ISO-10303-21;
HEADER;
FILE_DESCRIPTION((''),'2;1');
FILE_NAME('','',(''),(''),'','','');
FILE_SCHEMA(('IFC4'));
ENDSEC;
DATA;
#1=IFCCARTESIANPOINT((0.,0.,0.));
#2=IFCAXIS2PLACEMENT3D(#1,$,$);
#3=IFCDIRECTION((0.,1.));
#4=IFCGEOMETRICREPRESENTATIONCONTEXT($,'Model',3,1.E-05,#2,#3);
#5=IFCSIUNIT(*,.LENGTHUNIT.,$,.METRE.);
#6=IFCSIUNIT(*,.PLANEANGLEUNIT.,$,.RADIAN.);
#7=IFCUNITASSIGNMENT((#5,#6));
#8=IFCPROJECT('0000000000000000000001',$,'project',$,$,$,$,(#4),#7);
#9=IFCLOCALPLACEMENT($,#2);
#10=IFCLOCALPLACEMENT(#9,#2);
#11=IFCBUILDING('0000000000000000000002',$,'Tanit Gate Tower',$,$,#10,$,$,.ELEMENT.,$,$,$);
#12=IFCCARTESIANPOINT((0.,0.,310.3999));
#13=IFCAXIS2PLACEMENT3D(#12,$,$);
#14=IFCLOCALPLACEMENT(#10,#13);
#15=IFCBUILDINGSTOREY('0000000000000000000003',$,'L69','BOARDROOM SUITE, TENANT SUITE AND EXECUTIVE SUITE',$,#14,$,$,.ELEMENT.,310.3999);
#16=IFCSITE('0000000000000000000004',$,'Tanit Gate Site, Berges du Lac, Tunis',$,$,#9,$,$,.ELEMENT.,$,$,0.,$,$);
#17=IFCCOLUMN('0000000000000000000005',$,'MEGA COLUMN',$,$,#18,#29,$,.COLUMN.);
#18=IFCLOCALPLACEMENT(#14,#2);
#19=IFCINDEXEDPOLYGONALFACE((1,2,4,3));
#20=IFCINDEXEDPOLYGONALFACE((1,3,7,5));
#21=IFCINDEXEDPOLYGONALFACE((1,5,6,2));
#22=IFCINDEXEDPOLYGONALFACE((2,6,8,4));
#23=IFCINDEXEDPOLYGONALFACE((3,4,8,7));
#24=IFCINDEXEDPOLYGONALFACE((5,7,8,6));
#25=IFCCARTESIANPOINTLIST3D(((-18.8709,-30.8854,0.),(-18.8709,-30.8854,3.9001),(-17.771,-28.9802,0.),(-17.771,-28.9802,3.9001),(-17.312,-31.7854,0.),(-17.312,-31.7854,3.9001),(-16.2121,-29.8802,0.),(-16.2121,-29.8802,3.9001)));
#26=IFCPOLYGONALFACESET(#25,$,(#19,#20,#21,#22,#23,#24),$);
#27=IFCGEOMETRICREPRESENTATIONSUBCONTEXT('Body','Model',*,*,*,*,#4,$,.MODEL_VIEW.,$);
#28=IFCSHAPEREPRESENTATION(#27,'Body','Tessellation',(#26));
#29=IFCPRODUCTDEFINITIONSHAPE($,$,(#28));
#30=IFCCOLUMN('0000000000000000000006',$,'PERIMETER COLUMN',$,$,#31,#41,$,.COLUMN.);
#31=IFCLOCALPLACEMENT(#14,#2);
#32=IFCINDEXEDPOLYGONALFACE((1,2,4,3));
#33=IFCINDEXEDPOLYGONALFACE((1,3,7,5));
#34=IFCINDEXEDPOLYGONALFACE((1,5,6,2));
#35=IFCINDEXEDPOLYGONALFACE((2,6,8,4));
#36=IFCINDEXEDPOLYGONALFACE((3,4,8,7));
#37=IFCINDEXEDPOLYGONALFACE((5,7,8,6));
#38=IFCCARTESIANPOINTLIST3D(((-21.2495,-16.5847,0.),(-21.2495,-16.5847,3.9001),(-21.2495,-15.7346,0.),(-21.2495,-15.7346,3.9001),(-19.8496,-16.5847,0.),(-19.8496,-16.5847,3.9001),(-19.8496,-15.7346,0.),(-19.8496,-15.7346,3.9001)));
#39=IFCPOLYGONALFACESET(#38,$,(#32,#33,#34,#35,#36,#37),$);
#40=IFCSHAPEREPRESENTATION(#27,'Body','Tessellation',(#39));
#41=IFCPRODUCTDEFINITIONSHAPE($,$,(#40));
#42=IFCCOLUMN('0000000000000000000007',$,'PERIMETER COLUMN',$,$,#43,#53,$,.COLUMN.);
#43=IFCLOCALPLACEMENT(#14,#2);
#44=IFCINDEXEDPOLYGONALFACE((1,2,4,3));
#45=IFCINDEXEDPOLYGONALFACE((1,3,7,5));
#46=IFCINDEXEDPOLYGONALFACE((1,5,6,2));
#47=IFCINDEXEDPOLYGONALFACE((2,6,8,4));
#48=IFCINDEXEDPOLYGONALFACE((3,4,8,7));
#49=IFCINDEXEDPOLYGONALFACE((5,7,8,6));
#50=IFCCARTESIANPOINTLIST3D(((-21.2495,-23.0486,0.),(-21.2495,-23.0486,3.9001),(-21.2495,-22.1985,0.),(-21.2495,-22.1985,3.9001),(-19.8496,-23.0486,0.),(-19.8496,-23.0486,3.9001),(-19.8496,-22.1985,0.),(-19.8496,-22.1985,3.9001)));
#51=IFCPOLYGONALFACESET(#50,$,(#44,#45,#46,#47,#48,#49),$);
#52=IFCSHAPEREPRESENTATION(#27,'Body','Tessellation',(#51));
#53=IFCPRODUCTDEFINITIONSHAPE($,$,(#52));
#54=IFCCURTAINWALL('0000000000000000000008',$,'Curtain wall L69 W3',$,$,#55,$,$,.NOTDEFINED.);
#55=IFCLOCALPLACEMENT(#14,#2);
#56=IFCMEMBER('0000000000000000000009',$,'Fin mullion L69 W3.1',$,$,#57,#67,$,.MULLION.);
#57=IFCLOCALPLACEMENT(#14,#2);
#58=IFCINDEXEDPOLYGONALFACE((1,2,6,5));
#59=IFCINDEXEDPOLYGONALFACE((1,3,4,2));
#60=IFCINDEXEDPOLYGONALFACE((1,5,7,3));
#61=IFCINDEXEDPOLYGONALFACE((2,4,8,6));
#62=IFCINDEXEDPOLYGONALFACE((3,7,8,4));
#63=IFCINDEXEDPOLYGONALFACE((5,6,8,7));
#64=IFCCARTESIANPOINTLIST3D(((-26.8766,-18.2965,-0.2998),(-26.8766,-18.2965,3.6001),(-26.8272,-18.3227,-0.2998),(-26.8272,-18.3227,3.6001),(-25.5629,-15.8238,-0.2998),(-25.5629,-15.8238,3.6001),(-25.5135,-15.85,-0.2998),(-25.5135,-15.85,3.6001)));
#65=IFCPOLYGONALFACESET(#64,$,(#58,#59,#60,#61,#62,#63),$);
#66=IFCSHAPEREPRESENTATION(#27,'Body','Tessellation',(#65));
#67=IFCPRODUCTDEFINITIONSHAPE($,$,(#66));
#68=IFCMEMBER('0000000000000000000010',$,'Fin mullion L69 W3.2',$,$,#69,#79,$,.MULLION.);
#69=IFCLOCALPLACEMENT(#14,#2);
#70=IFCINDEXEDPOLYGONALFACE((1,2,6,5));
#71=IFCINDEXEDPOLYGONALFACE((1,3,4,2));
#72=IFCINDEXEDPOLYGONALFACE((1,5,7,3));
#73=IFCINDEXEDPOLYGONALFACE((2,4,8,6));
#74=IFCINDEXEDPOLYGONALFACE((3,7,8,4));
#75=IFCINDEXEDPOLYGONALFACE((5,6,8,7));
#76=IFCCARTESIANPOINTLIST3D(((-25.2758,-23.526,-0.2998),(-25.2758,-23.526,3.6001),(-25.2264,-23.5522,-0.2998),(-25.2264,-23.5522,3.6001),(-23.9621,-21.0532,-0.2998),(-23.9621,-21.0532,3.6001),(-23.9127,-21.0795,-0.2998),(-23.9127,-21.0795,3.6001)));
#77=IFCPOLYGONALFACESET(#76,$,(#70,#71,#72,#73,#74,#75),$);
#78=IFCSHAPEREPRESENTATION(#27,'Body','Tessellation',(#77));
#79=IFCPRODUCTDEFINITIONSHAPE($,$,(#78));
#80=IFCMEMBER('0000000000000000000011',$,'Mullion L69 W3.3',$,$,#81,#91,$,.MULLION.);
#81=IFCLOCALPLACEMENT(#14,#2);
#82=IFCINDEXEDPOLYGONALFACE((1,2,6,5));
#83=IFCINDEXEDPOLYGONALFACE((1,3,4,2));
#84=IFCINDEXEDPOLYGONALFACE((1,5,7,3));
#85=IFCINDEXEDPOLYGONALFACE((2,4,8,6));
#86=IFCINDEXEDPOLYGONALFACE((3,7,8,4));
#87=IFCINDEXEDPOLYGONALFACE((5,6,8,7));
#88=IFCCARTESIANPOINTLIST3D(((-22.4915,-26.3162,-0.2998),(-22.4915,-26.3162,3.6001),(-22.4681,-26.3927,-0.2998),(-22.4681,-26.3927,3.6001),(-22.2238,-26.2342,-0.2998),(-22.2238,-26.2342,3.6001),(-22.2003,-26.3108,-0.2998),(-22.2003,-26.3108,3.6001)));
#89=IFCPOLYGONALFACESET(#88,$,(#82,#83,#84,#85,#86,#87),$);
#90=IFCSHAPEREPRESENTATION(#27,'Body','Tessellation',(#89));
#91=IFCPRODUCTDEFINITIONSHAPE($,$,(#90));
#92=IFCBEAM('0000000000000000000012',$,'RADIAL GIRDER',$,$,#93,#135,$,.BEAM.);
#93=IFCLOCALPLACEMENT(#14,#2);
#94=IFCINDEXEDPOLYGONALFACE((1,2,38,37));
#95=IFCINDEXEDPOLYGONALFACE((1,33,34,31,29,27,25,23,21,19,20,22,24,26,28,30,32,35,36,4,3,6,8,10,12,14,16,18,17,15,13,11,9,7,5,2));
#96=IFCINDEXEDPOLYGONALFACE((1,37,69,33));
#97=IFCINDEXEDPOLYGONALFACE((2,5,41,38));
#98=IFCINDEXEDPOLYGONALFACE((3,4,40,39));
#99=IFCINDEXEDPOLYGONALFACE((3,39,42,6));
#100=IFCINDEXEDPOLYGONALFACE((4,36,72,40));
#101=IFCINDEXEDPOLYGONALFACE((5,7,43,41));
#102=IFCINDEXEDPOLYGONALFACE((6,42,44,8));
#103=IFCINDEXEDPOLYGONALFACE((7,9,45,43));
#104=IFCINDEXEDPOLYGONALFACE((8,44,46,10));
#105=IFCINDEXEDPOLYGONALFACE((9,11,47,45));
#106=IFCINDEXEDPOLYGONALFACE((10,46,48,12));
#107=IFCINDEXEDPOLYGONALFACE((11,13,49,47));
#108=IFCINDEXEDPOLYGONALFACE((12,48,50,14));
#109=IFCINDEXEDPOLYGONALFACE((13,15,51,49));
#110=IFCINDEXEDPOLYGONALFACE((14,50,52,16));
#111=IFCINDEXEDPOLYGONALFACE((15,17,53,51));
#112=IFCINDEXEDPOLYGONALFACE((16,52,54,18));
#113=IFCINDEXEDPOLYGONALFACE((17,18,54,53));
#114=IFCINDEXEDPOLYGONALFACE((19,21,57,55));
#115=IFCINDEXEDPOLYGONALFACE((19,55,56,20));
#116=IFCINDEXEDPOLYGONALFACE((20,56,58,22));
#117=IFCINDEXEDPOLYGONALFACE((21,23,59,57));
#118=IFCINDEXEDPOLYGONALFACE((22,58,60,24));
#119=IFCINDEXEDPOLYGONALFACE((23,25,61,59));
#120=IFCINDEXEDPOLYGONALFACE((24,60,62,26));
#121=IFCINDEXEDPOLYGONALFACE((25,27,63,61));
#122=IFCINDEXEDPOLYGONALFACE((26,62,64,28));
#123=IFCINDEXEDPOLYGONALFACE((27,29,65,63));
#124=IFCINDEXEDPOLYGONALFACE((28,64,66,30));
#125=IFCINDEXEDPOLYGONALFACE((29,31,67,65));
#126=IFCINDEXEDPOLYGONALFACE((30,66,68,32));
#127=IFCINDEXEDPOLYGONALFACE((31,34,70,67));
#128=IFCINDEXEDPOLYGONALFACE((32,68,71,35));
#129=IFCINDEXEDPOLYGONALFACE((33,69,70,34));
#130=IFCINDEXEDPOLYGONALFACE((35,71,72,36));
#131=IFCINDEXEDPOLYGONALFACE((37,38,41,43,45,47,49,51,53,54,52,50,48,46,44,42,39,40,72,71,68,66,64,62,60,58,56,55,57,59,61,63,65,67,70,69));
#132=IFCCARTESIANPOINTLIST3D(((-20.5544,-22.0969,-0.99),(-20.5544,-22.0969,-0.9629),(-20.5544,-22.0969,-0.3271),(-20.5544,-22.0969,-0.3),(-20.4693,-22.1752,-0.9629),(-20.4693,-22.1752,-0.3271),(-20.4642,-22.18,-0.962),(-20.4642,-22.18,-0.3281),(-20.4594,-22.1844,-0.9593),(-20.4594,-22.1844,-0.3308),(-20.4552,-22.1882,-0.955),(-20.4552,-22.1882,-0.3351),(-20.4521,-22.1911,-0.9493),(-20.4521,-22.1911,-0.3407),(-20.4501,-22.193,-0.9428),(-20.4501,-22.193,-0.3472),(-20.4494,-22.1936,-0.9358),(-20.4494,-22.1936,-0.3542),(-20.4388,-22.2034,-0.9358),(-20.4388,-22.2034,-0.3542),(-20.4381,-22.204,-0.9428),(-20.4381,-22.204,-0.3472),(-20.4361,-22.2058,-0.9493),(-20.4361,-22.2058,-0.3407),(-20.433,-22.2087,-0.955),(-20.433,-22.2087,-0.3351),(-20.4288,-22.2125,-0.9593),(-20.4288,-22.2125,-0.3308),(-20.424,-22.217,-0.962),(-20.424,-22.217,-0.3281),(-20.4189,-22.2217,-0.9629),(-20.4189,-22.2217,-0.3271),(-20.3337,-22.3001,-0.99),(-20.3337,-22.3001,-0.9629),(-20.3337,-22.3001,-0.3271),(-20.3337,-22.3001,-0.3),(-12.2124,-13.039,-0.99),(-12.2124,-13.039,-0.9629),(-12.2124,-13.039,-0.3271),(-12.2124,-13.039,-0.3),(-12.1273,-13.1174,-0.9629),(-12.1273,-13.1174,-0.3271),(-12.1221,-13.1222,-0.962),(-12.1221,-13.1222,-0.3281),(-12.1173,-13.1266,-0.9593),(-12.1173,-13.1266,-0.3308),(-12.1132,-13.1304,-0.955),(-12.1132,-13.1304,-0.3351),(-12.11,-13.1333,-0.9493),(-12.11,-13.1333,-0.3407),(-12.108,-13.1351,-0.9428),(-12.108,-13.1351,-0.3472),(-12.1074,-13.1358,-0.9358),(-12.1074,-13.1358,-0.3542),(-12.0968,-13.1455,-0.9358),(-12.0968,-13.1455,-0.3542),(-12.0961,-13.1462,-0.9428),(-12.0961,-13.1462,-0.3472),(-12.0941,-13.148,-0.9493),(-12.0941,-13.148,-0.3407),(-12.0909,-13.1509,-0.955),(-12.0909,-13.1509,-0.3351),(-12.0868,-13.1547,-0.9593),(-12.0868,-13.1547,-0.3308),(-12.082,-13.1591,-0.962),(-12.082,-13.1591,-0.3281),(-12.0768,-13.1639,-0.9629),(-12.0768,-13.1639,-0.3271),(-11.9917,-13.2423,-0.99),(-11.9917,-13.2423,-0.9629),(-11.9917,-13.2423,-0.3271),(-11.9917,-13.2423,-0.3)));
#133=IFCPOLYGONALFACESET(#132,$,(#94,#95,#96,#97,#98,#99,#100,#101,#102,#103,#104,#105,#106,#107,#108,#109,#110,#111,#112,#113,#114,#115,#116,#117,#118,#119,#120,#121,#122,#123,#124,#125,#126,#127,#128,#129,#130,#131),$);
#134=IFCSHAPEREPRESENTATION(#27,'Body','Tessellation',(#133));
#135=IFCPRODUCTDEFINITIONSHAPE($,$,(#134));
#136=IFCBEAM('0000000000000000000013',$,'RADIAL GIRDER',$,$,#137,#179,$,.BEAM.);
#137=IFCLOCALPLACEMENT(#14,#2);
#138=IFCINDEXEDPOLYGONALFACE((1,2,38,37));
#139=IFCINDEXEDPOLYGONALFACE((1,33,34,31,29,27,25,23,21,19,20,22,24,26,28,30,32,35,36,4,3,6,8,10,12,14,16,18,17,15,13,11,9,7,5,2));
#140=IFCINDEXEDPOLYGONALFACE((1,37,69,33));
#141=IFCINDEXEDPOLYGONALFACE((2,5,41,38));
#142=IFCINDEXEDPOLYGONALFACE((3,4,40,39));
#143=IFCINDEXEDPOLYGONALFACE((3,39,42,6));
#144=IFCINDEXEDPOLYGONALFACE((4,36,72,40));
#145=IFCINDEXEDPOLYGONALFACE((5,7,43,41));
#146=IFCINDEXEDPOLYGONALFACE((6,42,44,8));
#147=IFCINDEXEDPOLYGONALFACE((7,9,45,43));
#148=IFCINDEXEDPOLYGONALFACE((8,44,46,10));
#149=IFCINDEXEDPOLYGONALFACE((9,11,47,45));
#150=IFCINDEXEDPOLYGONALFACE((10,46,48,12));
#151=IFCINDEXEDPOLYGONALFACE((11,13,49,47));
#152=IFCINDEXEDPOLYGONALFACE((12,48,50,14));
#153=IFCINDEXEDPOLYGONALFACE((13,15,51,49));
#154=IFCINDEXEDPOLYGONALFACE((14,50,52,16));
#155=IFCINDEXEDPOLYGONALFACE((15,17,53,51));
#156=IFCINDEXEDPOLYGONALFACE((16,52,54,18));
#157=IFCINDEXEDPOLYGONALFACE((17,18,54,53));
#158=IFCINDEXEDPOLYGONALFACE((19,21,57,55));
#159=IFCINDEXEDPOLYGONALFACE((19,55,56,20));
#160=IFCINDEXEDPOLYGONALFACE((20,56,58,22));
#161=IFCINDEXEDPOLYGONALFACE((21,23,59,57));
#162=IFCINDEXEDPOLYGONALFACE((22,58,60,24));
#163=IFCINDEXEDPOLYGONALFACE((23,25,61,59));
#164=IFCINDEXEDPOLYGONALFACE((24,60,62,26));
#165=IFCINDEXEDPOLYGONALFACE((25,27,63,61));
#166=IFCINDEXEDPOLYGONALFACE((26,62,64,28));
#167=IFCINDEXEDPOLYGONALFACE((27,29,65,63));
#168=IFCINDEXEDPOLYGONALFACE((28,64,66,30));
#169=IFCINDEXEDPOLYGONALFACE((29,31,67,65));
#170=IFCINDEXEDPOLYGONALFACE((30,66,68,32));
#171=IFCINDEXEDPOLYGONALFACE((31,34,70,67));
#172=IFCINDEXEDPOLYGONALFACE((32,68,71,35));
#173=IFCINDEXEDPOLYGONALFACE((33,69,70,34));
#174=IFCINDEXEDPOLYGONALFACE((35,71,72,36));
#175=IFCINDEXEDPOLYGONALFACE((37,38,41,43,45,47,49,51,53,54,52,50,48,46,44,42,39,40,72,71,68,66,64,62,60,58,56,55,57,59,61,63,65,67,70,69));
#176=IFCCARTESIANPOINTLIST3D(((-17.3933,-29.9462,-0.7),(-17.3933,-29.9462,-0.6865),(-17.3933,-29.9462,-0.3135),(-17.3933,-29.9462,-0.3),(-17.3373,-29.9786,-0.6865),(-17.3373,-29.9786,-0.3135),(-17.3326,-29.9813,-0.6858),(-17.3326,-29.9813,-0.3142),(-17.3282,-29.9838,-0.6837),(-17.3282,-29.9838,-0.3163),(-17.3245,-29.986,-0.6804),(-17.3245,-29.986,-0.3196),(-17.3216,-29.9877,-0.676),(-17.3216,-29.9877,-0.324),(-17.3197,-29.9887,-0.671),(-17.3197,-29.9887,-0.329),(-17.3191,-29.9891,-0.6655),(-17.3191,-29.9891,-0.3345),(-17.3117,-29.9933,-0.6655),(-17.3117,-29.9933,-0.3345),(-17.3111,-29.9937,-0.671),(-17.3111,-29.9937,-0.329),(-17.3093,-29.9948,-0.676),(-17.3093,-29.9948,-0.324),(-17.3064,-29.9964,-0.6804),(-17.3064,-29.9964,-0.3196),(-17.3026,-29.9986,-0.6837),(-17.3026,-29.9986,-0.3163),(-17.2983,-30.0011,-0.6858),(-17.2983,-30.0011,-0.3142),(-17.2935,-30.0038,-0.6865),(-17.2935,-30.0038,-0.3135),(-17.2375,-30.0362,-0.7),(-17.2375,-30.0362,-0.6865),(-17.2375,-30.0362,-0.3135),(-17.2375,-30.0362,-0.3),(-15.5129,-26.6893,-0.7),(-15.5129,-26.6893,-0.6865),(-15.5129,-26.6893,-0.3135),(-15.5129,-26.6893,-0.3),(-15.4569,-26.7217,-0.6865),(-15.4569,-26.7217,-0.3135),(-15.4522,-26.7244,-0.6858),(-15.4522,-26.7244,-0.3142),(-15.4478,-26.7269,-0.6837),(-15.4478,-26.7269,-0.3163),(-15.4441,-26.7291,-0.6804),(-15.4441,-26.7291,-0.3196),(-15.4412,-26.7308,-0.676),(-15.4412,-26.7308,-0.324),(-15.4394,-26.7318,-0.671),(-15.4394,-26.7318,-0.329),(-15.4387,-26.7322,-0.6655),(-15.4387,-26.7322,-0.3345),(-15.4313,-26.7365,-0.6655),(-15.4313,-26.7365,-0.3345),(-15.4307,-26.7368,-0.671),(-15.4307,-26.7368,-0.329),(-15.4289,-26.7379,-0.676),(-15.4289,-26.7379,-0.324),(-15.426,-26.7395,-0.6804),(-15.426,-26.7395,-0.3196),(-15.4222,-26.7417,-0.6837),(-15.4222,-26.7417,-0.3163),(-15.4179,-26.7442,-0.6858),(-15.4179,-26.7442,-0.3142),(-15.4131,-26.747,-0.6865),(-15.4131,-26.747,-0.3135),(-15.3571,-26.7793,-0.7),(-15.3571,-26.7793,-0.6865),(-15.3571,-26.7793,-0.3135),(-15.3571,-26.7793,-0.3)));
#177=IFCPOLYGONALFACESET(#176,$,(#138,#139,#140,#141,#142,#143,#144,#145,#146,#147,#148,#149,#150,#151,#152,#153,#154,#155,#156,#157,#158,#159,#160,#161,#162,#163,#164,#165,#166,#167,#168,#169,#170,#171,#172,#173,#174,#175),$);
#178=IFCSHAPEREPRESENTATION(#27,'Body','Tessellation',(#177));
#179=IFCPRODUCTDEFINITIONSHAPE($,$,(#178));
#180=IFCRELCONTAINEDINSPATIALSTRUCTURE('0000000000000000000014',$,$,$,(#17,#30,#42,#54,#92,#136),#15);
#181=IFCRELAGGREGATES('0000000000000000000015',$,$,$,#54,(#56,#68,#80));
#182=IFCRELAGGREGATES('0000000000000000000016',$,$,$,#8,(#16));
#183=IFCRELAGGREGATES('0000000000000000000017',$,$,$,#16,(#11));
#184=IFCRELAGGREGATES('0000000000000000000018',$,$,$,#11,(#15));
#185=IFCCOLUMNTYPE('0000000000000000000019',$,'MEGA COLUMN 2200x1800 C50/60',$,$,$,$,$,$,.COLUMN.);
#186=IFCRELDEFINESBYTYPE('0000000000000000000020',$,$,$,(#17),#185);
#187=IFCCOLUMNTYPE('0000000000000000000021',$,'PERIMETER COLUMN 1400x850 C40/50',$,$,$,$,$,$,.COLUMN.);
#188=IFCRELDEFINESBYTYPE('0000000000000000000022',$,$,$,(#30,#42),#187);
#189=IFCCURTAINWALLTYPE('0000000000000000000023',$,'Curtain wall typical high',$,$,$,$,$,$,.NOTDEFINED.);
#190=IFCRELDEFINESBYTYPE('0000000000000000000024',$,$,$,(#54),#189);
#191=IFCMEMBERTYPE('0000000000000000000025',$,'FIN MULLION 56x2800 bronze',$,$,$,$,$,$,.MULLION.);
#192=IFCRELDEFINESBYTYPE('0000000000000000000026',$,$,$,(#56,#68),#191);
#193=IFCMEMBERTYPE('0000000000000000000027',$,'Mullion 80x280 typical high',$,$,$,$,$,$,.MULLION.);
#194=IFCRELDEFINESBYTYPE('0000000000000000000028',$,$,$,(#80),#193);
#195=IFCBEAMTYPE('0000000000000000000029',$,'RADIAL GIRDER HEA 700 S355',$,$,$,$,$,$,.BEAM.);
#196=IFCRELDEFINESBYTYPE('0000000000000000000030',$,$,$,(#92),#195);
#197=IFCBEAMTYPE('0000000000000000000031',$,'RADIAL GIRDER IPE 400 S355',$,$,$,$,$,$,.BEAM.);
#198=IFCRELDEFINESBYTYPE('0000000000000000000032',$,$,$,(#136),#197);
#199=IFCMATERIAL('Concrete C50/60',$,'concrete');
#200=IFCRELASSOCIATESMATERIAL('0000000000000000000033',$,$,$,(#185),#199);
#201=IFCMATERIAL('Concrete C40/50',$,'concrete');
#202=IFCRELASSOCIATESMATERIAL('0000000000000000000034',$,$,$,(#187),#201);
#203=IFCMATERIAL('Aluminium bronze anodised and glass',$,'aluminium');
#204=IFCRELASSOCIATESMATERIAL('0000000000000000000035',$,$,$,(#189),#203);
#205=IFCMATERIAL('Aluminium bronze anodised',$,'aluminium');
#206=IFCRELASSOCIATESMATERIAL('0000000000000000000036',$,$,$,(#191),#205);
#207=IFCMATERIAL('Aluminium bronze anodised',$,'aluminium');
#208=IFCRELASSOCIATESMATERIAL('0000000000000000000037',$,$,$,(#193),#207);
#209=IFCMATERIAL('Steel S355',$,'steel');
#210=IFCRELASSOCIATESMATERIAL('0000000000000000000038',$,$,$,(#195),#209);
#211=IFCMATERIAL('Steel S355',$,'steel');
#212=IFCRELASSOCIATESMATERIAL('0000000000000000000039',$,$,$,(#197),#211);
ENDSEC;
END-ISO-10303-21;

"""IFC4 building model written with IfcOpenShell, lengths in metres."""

from ifc_helpers import new_model, si_unit, direction, frame, origin, origin_2d, place, context, subcontext, project, spatial, rectangle, i_section, extrude, material, material_profile, profile_set, type_object, element, aggregate, save


model = new_model("IFC4")

# Units and contexts
model_context = context("Model", 3, precision=1e-05, world=origin(), true_north=direction((0.0, 1.0)))
body_context = subcontext(model_context, "Body", "Model", "MODEL_VIEW")
ifc_project = project(units=[si_unit("LENGTHUNIT", "METRE"), si_unit("PLANEANGLEUNIT", "RADIAN")], contexts=[model_context])

# Site, building, storey
site_placement = place(None, origin())
site = spatial("IfcSite", under=ifc_project, at=site_placement, Name="Tanit Gate Site, Berges du Lac, Tunis", CompositionType="ELEMENT", RefElevation=0.0)
building_placement = place(site_placement, origin())
building = spatial("IfcBuilding", under=site, at=building_placement, Name="Tanit Gate Tower", CompositionType="ELEMENT")
storey_placement = place(building_placement, frame((0.0, 0.0, 310.3999)))
storey = spatial("IfcBuildingStorey", under=building, at=storey_placement, Name="L69", Description="BOARDROOM SUITE, TENANT SUITE AND EXECUTIVE SUITE", CompositionType="ELEMENT", Elevation=310.3999)

# Columns
ifc_material_1 = material(Name="Concrete C50/60", Category="concrete")
ifc_material_profile_1 = material_profile(ifc_material_1, rectangle(XDim=2.2, YDim=1.8, at=origin_2d()), Name="RC 2200x1800")
ifc_profile_set_1 = profile_set([ifc_material_profile_1], Name="Concrete C50/60")
column_type_1 = type_object("IfcColumnType", Name="MEGA COLUMN 2200x1800 C50/60", PredefinedType="COLUMN", material=ifc_profile_set_1)
column_placement = place(storey_placement, frame((-17.5415, -30.3828, 0.0), z_axis=(0.0, 0.0, 1.0), x_axis=(-0.5, -0.866025, 0.0)))
element("IfcColumn", 1, at=column_placement, inside=storey, type_object=column_type_1, Name="MEGA COLUMN", PredefinedType="COLUMN", context=body_context, shape_type="SweptSolid", body=[
    extrude(rectangle(XDim=2.2, YDim=1.8, at=origin_2d()), origin(), (0.0, 0.0, 1.0), 3.9001),
])
ifc_material_2 = material(Name="Concrete C40/50", Category="concrete")
ifc_material_profile_2 = material_profile(ifc_material_2, rectangle(XDim=1.3999, YDim=0.8501, at=origin_2d()), Name="RC 1400x850")
ifc_profile_set_2 = profile_set([ifc_material_profile_2], Name="Concrete C40/50")
column_type_2 = type_object("IfcColumnType", Name="PERIMETER COLUMN 1400x850 C40/50", PredefinedType="COLUMN", material=ifc_profile_set_2)
for number, where, z_axis, x_axis, name in (
    (2, (-20.5496, -16.1597, 0.0), (0.0, 0.0, 1.0), (-1.0, 0.0, 0.0), "PERIMETER COLUMN"),
    (3, (-20.5496, -22.6235, 0.0), (0.0, 0.0, 1.0), (-1.0, 0.0, 0.0), "PERIMETER COLUMN"),
):
    element("IfcColumn", number, at=place(storey_placement, frame(where, z_axis=z_axis, x_axis=x_axis)), inside=storey, type_object=column_type_2, Name=name, PredefinedType="COLUMN", context=body_context, shape_type="SweptSolid", body=[
        extrude(rectangle(XDim=1.3999, YDim=0.8501, at=origin_2d()), origin(), (0.0, 0.0, 1.0), 3.9001),
    ])

# Curtain wall, members
ifc_material_3 = material(Name="Aluminium bronze anodised and glass", Category="aluminium")
curtain_wall_type = type_object("IfcCurtainWallType", Name="Curtain wall typical high", PredefinedType="NOTDEFINED", material=ifc_material_3)
curtain_wall_placement = place(storey_placement, origin())
curtain_wall = element("IfcCurtainWall", 4, at=curtain_wall_placement, inside=storey, type_object=curtain_wall_type, Name="Curtain wall L69 W3", PredefinedType="NOTDEFINED")
ifc_material_4 = material(Name="Aluminium bronze anodised", Category="aluminium")
ifc_material_profile_3 = material_profile(ifc_material_4, rectangle(XDim=2.8, YDim=0.0559, at=origin_2d()), Name="56x2800 bronze fin mullion")
ifc_profile_set_3 = profile_set([ifc_material_profile_3], Name="Aluminium bronze anodised")
member_type_1 = type_object("IfcMemberType", Name="FIN MULLION 56x2800 bronze", PredefinedType="MULLION", material=ifc_profile_set_3)
member_1_placement = place(storey_placement, frame((-26.1951, -17.0732, -0.2998), z_axis=(0.0, 0.0, 1.0), x_axis=(0.469169, 0.883108, 0.0)))
member_1 = element("IfcMember", 5, at=member_1_placement, type_object=member_type_1, Name="Fin mullion L69 W3.1", PredefinedType="MULLION", context=body_context, shape_type="SweptSolid", body=[
    extrude(rectangle(XDim=2.8, YDim=0.0559, at=origin_2d()), origin(), (0.0, 0.0, 1.0), 3.8999),
])
member_2_placement = place(storey_placement, frame((-24.5942, -22.3027, -0.2998), z_axis=(0.0, 0.0, 1.0), x_axis=(0.469169, 0.883108, 0.0)))
member_2 = element("IfcMember", 6, at=member_2_placement, type_object=member_type_1, Name="Fin mullion L69 W3.2", PredefinedType="MULLION", context=body_context, shape_type="SweptSolid", body=[
    extrude(rectangle(XDim=2.8, YDim=0.0559, at=origin_2d()), origin(), (0.0, 0.0, 1.0), 3.8999),
])
ifc_material_5 = material(Name="Aluminium bronze anodised", Category="aluminium")
ifc_material_profile_4 = material_profile(ifc_material_5, rectangle(XDim=0.28, YDim=0.0801, at=origin_2d()), Name="80x280 bronze mullion")
ifc_profile_set_4 = profile_set([ifc_material_profile_4], Name="Aluminium bronze anodised")
member_type_2 = type_object("IfcMemberType", Name="Mullion 80x280 typical high", PredefinedType="MULLION", material=ifc_profile_set_4)
member_3_placement = place(storey_placement, frame((-22.3459, -26.3135, -0.2998), z_axis=(0.0, 0.0, 1.0), x_axis=(0.956205, 0.292699, 0.0)))
member_3 = element("IfcMember", 7, at=member_3_placement, type_object=member_type_2, Name="Mullion L69 W3.3", PredefinedType="MULLION", context=body_context, shape_type="SweptSolid", body=[
    extrude(rectangle(XDim=0.28, YDim=0.0801, at=origin_2d()), origin(), (0.0, 0.0, 1.0), 3.8999),
])

# Beams
ifc_material_6 = material(Name="Steel S355", Category="steel")
ifc_material_profile_5 = material_profile(ifc_material_6, i_section(OverallWidth=0.3, OverallDepth=0.6899, WebThickness=0.0144, FlangeThickness=0.0271, FilletRadius=0.0271, at=origin_2d()), Name="HEA 700")
ifc_profile_set_5 = profile_set([ifc_material_profile_5], Name="Steel S355")
beam_type_1 = type_object("IfcBeamType", Name="RADIAL GIRDER HEA 700 S355", PredefinedType="BEAM", material=ifc_profile_set_5)
beam_1_placement = place(storey_placement, frame((-20.4441, -22.1985, -0.645), z_axis=(0.677444, 0.735574, 0.0), x_axis=(-0.735574, 0.677444, 0.0)))
element("IfcBeam", 8, at=beam_1_placement, inside=storey, type_object=beam_type_1, Name="RADIAL GIRDER", PredefinedType="BEAM", context=body_context, shape_type="SweptSolid", body=[
    extrude(i_section(OverallWidth=0.3, OverallDepth=0.6899, WebThickness=0.0144, FlangeThickness=0.0271, FilletRadius=0.0271, at=origin_2d()), origin(), (0.0, 0.0, 1.0), 12.314),
])
ifc_material_7 = material(Name="Steel S355", Category="steel")
ifc_material_profile_6 = material_profile(ifc_material_7, i_section(OverallWidth=0.1799, OverallDepth=0.3999, WebThickness=0.0085, FlangeThickness=0.0134, FilletRadius=0.021, at=origin_2d()), Name="IPE 400")
ifc_profile_set_6 = profile_set([ifc_material_profile_6], Name="Steel S355")
beam_type_2 = type_object("IfcBeamType", Name="RADIAL GIRDER IPE 400 S355", PredefinedType="BEAM", material=ifc_profile_set_6)
beam_2_placement = place(storey_placement, frame((-17.3154, -29.9912, -0.5), z_axis=(0.500007, 0.866021, 0.0), x_axis=(-0.866021, 0.500007, 0.0)))
element("IfcBeam", 9, at=beam_2_placement, inside=storey, type_object=beam_type_2, Name="RADIAL GIRDER", PredefinedType="BEAM", context=body_context, shape_type="SweptSolid", body=[
    extrude(i_section(OverallWidth=0.1799, OverallDepth=0.3999, WebThickness=0.0085, FlangeThickness=0.0134, FilletRadius=0.021, at=origin_2d()), origin(), (0.0, 0.0, 1.0), 3.7607),
])

aggregate(curtain_wall, [member_1, member_2, member_3])

save(model, "model.ifc")
